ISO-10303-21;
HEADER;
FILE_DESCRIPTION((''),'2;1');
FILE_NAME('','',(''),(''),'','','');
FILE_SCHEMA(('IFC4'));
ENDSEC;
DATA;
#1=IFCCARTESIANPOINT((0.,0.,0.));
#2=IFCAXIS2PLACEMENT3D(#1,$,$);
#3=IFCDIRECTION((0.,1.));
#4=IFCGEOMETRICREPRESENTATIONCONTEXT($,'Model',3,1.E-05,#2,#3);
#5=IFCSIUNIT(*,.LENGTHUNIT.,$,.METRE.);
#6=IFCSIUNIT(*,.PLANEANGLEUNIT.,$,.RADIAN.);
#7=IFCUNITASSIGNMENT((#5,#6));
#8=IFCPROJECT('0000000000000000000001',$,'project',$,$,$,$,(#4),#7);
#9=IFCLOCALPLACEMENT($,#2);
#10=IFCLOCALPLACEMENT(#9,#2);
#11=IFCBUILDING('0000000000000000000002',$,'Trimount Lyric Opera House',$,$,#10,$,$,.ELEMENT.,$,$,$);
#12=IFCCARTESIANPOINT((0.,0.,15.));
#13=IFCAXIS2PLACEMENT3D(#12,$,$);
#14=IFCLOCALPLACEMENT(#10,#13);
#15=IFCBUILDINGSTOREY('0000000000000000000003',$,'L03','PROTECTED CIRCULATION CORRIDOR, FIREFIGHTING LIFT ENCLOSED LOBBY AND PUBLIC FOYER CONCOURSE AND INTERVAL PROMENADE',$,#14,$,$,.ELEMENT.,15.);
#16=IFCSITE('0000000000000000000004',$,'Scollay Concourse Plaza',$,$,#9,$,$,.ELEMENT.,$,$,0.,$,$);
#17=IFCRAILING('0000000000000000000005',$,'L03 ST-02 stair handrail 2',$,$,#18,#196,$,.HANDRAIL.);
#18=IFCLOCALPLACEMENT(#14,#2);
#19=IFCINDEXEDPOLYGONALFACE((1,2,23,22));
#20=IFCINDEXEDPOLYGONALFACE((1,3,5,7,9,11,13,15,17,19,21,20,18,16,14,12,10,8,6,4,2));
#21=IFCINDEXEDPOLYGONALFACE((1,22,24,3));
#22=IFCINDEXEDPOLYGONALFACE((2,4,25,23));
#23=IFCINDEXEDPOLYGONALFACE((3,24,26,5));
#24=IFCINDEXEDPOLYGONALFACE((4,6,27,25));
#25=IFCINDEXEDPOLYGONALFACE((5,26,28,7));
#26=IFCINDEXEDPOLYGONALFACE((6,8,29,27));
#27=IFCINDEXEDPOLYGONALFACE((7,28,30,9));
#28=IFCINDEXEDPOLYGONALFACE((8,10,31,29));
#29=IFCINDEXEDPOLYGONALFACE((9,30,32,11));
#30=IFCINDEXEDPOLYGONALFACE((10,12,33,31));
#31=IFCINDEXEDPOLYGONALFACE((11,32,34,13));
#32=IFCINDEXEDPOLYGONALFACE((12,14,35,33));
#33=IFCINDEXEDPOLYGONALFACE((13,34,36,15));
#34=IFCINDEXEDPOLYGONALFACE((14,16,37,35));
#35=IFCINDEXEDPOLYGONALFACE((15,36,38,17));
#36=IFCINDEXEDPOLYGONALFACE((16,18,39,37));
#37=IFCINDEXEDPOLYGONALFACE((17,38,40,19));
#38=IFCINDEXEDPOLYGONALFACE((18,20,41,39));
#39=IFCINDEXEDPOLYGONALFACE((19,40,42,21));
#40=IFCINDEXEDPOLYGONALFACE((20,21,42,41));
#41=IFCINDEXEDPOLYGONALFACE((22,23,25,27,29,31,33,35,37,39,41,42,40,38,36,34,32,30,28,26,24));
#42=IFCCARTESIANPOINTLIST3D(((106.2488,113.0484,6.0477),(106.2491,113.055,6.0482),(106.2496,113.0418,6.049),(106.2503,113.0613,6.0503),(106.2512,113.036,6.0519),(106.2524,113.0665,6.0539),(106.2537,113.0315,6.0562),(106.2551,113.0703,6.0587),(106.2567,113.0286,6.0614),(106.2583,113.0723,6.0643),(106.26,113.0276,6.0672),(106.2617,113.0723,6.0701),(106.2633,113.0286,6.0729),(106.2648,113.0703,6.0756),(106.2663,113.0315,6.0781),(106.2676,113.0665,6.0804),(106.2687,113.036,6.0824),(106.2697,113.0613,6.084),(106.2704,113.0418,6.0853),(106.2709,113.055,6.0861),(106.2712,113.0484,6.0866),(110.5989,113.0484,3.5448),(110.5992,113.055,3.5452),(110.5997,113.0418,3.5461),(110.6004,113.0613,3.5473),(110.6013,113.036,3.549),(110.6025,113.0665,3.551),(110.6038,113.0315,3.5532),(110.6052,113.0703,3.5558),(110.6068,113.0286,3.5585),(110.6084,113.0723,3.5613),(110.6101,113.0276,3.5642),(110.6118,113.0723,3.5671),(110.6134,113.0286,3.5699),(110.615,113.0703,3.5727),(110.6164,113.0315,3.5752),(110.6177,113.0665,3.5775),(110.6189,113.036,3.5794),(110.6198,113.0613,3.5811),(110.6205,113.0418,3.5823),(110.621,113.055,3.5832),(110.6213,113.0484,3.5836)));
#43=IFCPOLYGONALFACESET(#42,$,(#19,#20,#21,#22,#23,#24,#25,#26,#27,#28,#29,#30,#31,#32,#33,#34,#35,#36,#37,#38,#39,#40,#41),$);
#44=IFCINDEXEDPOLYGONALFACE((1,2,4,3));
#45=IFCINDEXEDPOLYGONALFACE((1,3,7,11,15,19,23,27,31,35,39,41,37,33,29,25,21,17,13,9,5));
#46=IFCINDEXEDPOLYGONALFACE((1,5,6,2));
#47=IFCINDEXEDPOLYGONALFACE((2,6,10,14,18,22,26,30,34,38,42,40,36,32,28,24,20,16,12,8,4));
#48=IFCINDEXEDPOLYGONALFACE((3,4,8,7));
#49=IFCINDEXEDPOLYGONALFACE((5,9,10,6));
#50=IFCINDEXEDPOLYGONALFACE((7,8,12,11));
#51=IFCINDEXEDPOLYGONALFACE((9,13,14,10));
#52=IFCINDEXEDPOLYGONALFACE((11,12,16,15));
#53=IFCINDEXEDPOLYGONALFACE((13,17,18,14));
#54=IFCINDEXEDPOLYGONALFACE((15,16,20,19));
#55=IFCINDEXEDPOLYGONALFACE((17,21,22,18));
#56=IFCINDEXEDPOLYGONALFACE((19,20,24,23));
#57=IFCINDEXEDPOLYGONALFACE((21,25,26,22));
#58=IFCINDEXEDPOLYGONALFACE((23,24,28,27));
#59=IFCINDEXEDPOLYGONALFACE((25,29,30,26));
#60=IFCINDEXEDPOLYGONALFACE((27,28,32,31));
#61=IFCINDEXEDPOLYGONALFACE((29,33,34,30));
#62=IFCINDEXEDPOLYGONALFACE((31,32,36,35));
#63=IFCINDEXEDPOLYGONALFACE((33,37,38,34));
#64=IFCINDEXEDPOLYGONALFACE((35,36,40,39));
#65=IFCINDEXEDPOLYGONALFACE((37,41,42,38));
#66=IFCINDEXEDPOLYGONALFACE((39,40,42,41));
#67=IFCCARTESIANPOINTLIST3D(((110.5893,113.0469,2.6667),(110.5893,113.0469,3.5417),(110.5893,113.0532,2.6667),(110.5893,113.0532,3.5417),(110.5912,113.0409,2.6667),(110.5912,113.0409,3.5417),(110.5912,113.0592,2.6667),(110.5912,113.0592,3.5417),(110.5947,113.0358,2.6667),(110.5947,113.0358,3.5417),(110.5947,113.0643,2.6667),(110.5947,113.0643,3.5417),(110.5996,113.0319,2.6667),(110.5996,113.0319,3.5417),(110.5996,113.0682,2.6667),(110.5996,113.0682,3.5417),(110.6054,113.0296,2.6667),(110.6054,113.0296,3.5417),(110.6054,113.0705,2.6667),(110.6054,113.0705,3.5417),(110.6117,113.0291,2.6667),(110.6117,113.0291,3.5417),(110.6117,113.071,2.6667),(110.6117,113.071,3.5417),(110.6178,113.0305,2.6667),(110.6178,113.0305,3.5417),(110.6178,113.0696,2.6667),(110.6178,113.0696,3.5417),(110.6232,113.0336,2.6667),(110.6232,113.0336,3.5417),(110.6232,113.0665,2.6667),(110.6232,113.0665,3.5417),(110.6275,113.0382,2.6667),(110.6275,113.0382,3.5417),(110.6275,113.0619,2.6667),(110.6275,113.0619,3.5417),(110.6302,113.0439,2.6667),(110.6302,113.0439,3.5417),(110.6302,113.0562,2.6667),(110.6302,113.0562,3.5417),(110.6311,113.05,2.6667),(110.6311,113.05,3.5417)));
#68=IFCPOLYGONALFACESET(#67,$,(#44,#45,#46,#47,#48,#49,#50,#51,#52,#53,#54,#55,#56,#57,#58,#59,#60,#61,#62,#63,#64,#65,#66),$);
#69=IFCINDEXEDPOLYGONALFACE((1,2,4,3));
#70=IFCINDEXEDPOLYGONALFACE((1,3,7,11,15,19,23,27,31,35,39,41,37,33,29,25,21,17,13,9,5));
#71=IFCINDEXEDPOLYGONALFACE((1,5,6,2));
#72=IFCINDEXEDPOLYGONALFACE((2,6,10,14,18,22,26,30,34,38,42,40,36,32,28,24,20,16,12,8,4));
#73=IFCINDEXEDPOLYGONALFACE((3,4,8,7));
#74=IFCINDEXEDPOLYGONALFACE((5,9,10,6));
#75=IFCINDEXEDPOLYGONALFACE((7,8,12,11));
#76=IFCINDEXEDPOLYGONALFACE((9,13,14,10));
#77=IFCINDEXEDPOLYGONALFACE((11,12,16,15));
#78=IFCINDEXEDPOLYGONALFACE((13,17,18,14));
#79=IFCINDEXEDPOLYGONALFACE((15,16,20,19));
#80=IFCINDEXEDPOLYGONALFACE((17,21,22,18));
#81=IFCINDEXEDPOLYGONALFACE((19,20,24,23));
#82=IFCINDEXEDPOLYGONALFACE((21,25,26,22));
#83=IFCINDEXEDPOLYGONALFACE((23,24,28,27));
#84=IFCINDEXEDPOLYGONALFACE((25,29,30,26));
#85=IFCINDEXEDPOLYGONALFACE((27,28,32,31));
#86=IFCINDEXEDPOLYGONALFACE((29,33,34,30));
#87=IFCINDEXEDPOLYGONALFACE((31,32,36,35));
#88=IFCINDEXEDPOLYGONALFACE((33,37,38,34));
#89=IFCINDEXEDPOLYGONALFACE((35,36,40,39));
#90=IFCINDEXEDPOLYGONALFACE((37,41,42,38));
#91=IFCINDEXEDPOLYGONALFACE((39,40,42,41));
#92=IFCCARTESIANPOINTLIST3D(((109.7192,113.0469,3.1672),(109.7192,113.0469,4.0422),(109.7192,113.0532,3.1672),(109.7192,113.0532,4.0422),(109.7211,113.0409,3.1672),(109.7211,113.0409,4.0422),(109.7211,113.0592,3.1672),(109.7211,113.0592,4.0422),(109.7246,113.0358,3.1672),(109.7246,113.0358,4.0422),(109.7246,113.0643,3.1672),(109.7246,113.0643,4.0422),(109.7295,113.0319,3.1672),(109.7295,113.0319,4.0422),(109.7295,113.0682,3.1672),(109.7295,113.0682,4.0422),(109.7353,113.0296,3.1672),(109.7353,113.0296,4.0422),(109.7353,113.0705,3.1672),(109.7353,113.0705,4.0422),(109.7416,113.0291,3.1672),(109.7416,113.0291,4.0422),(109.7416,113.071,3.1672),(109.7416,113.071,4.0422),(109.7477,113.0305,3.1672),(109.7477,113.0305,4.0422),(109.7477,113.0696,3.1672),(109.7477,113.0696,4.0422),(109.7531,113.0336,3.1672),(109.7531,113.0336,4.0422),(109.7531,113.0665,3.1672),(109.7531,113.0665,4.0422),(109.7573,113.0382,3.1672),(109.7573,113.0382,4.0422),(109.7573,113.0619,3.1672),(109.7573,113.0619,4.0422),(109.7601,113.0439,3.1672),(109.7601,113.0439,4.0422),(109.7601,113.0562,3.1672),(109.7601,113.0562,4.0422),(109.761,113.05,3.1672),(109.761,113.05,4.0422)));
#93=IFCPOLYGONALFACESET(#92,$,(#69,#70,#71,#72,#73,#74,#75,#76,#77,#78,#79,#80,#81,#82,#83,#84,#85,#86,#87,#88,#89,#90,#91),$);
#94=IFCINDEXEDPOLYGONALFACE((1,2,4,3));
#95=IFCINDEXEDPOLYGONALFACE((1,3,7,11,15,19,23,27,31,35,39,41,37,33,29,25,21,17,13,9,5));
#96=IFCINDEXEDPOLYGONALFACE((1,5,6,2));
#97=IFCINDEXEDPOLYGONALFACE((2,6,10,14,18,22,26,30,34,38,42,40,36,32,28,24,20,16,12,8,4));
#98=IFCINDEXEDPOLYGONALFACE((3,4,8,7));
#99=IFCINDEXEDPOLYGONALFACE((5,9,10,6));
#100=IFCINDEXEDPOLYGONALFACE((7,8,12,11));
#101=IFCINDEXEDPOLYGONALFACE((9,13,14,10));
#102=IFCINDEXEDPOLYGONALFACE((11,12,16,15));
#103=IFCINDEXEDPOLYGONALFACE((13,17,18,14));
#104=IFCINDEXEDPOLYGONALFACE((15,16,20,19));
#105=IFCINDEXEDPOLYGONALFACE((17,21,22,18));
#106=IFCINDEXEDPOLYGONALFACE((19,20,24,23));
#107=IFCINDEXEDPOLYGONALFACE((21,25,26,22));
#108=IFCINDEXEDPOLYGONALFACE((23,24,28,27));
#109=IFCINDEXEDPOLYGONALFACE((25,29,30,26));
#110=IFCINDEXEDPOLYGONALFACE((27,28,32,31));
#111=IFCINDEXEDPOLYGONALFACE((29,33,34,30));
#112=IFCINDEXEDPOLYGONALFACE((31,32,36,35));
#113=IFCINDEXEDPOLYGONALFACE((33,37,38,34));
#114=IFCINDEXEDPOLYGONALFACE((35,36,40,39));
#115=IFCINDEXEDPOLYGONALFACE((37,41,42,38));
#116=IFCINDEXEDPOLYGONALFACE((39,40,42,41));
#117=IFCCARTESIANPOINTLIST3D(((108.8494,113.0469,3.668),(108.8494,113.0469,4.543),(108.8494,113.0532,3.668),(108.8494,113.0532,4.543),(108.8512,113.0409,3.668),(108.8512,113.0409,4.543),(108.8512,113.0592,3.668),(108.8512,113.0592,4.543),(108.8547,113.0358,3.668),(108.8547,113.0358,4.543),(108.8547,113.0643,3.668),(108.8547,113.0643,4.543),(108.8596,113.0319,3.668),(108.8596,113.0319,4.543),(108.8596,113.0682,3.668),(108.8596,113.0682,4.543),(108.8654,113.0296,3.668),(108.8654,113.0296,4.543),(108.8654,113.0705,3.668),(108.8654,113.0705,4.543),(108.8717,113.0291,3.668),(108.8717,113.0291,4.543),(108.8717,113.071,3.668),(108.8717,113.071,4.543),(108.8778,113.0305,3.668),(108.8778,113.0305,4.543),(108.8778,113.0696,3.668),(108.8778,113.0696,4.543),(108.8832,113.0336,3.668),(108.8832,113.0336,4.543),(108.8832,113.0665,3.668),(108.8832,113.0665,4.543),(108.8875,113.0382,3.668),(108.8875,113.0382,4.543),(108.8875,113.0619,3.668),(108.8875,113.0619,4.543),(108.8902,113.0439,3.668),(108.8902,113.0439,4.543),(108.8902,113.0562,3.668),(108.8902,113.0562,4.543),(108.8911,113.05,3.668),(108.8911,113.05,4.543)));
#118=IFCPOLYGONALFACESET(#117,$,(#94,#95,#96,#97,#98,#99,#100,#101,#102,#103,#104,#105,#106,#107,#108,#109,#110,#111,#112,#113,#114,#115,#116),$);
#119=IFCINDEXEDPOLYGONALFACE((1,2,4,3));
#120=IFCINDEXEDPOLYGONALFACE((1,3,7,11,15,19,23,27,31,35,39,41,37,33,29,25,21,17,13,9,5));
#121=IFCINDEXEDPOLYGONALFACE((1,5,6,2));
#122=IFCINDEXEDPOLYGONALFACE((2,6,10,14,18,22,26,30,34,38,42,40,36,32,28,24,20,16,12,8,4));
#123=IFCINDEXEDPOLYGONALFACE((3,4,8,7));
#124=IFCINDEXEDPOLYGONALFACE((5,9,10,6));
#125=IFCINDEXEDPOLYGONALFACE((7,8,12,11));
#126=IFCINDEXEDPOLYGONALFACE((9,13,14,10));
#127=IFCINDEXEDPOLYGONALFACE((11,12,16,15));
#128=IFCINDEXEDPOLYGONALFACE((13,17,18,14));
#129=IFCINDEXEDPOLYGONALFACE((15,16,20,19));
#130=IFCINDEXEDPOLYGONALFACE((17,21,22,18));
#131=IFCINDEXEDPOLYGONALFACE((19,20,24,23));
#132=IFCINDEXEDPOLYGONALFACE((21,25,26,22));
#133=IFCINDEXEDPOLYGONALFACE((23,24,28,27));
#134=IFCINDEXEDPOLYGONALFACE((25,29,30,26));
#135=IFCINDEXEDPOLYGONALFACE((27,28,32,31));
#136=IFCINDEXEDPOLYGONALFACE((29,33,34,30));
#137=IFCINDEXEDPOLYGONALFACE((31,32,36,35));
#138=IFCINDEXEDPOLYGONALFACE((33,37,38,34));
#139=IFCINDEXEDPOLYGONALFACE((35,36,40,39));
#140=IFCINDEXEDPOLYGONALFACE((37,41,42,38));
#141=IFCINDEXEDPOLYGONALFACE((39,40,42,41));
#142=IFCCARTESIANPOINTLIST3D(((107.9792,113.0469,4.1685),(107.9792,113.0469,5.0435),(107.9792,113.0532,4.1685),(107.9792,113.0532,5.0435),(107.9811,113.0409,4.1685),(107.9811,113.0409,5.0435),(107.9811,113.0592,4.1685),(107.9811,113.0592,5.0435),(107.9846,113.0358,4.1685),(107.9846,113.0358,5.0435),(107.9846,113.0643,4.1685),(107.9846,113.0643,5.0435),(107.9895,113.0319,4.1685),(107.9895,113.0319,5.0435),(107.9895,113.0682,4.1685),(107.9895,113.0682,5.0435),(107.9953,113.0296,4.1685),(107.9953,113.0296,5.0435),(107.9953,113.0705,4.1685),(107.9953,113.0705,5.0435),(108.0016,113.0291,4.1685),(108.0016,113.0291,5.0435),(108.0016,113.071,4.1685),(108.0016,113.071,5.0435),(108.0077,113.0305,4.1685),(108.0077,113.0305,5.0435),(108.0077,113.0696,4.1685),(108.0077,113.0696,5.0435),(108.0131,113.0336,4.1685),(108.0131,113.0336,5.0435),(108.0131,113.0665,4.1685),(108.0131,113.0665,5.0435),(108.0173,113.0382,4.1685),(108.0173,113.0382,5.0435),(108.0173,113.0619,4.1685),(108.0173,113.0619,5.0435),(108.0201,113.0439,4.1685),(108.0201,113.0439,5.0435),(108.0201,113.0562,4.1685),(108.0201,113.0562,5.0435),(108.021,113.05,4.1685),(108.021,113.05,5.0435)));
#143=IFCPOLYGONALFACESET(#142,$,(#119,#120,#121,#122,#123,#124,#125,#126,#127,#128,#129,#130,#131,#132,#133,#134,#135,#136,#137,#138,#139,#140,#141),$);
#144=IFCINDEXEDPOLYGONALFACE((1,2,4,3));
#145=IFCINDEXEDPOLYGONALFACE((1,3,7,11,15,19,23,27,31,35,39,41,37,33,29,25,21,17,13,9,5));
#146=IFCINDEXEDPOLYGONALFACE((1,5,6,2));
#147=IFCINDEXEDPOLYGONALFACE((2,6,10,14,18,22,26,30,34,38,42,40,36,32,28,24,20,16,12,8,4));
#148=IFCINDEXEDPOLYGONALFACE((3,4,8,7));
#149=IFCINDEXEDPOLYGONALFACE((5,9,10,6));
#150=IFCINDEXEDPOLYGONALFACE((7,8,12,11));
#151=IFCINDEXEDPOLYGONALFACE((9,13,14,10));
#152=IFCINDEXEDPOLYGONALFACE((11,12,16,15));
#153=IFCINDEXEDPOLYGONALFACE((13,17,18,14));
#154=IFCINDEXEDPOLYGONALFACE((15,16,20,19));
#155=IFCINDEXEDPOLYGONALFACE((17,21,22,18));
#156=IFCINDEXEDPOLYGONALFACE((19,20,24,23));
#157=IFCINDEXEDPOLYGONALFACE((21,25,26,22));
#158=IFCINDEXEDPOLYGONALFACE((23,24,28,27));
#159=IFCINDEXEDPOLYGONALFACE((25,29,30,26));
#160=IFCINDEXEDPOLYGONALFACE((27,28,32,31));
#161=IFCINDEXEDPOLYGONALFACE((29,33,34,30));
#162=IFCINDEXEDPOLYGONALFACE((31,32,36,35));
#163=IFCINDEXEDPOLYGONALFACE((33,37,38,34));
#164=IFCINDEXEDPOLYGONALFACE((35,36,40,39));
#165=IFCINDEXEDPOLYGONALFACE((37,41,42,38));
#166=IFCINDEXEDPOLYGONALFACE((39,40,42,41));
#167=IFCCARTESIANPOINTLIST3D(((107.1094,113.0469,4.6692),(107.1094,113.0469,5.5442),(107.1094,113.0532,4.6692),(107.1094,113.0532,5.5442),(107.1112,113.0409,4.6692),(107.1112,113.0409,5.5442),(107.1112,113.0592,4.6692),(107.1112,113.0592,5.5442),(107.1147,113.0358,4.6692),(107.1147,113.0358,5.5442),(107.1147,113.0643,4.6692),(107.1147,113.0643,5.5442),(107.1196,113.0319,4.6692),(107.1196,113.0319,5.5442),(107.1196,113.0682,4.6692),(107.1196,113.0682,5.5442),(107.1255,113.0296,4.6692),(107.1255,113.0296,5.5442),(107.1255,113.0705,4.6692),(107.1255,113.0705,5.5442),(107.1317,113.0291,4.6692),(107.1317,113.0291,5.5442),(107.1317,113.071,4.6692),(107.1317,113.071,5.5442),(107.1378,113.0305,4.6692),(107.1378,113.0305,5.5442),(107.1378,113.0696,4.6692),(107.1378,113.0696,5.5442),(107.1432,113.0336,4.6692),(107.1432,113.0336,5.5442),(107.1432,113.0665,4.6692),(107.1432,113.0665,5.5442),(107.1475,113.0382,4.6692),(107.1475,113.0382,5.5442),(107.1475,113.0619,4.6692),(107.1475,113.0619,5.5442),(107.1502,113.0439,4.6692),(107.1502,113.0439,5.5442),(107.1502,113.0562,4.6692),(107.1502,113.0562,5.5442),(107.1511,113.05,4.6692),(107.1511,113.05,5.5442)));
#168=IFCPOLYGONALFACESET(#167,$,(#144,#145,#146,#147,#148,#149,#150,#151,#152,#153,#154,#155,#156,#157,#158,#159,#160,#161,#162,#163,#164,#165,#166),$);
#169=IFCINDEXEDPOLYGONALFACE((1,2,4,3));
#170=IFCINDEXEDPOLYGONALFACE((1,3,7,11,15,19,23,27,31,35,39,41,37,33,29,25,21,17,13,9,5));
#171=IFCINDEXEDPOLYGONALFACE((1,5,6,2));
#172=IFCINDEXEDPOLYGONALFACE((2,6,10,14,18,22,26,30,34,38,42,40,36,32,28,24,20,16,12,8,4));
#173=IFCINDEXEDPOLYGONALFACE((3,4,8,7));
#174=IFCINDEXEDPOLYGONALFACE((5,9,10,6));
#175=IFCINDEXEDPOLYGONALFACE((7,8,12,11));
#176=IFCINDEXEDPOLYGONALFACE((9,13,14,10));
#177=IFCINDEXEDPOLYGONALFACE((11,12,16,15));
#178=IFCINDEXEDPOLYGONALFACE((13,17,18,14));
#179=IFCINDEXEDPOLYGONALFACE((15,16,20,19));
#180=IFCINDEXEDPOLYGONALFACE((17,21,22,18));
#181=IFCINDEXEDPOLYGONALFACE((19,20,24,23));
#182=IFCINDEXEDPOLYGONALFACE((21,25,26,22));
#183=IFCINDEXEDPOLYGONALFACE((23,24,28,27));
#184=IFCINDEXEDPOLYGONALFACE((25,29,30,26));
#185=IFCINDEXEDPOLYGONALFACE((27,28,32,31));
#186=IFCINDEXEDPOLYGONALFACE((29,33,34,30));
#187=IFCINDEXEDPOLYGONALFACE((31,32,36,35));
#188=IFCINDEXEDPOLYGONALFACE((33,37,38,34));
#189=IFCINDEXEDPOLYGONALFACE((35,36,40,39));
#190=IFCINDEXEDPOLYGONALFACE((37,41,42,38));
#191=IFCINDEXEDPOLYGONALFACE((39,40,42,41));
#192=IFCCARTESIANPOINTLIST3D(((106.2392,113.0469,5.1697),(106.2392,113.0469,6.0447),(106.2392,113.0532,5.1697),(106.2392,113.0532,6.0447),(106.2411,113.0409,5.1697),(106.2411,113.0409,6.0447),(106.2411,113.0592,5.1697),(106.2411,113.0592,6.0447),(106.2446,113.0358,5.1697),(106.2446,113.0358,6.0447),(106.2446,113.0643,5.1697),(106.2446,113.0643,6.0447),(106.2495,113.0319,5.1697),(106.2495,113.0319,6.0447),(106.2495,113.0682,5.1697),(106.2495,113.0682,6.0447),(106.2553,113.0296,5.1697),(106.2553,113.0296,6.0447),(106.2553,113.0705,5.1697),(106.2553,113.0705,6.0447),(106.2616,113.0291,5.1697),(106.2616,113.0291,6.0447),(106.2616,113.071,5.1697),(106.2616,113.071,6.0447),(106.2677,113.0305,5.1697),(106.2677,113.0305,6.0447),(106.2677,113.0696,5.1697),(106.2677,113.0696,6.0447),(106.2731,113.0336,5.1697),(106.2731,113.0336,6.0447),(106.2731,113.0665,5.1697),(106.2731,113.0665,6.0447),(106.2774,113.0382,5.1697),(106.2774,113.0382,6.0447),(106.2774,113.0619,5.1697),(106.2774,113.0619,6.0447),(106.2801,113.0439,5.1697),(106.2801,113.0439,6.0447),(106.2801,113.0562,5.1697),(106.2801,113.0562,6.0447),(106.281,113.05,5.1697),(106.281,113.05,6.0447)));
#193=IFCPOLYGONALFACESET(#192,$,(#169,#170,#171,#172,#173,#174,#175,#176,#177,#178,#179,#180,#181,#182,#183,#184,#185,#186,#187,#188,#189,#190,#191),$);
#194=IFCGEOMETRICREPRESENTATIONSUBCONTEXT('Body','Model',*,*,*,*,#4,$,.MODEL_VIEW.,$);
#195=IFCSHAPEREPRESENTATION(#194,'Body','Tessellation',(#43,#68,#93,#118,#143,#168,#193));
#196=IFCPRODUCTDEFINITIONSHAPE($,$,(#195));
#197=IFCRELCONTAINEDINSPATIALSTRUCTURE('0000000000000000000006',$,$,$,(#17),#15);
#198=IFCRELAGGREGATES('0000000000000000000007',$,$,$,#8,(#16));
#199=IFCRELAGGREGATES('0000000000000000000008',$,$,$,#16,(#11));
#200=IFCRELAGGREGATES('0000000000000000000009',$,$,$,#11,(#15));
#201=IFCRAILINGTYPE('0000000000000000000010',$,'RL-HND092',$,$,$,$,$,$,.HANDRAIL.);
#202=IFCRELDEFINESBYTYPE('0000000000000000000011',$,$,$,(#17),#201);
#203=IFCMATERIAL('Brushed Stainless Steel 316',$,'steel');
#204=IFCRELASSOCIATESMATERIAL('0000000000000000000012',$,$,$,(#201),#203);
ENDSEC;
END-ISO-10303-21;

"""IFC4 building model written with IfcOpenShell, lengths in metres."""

from ifc_helpers import new_model, si_unit, direction, frame, origin, origin_2d, place, context, subcontext, project, spatial, circle, extrude, material, type_object, element, save


model = new_model("IFC4")

# Units and contexts
model_context = context("Model", 3, precision=1e-05, world=origin(), true_north=direction((0.0, 1.0)))
body_context = subcontext(model_context, "Body", "Model", "MODEL_VIEW")
ifc_project = project(units=[si_unit("LENGTHUNIT", "METRE"), si_unit("PLANEANGLEUNIT", "RADIAN")], contexts=[model_context])

# Site, building, storey
site_placement = place(None, origin())
site = spatial("IfcSite", under=ifc_project, at=site_placement, Name="Scollay Concourse Plaza", CompositionType="ELEMENT", RefElevation=0.0)
building_placement = place(site_placement, origin())
building = spatial("IfcBuilding", under=site, at=building_placement, Name="Trimount Lyric Opera House", CompositionType="ELEMENT")
storey_placement = place(building_placement, frame((0.0, 0.0, 15.0)))
storey = spatial("IfcBuildingStorey", under=building, at=storey_placement, Name="L03", Description="PROTECTED CIRCULATION CORRIDOR, FIREFIGHTING LIFT ENCLOSED LOBBY AND PUBLIC FOYER CONCOURSE AND INTERVAL PROMENADE", CompositionType="ELEMENT", Elevation=15.0)

# Railing
ifc_material_1 = material(Name="Brushed Stainless Steel 316", Category="steel")
railing_type_1 = type_object("IfcRailingType", Name="RL-HND092", PredefinedType="HANDRAIL", material=ifc_material_1)
railing_1_placement = place(storey_placement, frame((110.6101, 113.05, 2.6667)))
element("IfcRailing", 1, at=railing_1_placement, inside=storey, type_object=railing_type_1, Name="L03 ST-02 stair handrail 2", PredefinedType="HANDRAIL", context=body_context, shape_type="SweptSolid", body=[
    extrude(circle(Radius=0.0225, at=origin_2d()), frame((0.0, 0.0, 0.8975), z_axis=(-0.866766, 0.0, 0.498714), x_axis=(0.0, -1.0, 0.0)), (0.0, 0.0, 1.0), 5.0188),
    extrude(circle(Radius=0.021, at=origin_2d()), origin(), (0.0, 0.0, 1.0), 0.875),
    extrude(circle(Radius=0.021, at=origin_2d()), frame((-0.8701, 0.0, 0.5005)), (0.0, 0.0, 1.0), 0.875),
    extrude(circle(Radius=0.021, at=origin_2d()), frame((-1.74, 0.0, 1.0012)), (0.0, 0.0, 1.0), 0.875),
    extrude(circle(Radius=0.021, at=origin_2d()), frame((-2.6101, 0.0, 1.5017)), (0.0, 0.0, 1.0), 0.875),
    extrude(circle(Radius=0.021, at=origin_2d()), frame((-3.48, 0.0, 2.0024)), (0.0, 0.0, 1.0), 0.875),
    extrude(circle(Radius=0.021, at=origin_2d()), frame((-4.3501, 0.0, 2.5029)), (0.0, 0.0, 1.0), 0.875),
])

save(model, "model.ifc")
